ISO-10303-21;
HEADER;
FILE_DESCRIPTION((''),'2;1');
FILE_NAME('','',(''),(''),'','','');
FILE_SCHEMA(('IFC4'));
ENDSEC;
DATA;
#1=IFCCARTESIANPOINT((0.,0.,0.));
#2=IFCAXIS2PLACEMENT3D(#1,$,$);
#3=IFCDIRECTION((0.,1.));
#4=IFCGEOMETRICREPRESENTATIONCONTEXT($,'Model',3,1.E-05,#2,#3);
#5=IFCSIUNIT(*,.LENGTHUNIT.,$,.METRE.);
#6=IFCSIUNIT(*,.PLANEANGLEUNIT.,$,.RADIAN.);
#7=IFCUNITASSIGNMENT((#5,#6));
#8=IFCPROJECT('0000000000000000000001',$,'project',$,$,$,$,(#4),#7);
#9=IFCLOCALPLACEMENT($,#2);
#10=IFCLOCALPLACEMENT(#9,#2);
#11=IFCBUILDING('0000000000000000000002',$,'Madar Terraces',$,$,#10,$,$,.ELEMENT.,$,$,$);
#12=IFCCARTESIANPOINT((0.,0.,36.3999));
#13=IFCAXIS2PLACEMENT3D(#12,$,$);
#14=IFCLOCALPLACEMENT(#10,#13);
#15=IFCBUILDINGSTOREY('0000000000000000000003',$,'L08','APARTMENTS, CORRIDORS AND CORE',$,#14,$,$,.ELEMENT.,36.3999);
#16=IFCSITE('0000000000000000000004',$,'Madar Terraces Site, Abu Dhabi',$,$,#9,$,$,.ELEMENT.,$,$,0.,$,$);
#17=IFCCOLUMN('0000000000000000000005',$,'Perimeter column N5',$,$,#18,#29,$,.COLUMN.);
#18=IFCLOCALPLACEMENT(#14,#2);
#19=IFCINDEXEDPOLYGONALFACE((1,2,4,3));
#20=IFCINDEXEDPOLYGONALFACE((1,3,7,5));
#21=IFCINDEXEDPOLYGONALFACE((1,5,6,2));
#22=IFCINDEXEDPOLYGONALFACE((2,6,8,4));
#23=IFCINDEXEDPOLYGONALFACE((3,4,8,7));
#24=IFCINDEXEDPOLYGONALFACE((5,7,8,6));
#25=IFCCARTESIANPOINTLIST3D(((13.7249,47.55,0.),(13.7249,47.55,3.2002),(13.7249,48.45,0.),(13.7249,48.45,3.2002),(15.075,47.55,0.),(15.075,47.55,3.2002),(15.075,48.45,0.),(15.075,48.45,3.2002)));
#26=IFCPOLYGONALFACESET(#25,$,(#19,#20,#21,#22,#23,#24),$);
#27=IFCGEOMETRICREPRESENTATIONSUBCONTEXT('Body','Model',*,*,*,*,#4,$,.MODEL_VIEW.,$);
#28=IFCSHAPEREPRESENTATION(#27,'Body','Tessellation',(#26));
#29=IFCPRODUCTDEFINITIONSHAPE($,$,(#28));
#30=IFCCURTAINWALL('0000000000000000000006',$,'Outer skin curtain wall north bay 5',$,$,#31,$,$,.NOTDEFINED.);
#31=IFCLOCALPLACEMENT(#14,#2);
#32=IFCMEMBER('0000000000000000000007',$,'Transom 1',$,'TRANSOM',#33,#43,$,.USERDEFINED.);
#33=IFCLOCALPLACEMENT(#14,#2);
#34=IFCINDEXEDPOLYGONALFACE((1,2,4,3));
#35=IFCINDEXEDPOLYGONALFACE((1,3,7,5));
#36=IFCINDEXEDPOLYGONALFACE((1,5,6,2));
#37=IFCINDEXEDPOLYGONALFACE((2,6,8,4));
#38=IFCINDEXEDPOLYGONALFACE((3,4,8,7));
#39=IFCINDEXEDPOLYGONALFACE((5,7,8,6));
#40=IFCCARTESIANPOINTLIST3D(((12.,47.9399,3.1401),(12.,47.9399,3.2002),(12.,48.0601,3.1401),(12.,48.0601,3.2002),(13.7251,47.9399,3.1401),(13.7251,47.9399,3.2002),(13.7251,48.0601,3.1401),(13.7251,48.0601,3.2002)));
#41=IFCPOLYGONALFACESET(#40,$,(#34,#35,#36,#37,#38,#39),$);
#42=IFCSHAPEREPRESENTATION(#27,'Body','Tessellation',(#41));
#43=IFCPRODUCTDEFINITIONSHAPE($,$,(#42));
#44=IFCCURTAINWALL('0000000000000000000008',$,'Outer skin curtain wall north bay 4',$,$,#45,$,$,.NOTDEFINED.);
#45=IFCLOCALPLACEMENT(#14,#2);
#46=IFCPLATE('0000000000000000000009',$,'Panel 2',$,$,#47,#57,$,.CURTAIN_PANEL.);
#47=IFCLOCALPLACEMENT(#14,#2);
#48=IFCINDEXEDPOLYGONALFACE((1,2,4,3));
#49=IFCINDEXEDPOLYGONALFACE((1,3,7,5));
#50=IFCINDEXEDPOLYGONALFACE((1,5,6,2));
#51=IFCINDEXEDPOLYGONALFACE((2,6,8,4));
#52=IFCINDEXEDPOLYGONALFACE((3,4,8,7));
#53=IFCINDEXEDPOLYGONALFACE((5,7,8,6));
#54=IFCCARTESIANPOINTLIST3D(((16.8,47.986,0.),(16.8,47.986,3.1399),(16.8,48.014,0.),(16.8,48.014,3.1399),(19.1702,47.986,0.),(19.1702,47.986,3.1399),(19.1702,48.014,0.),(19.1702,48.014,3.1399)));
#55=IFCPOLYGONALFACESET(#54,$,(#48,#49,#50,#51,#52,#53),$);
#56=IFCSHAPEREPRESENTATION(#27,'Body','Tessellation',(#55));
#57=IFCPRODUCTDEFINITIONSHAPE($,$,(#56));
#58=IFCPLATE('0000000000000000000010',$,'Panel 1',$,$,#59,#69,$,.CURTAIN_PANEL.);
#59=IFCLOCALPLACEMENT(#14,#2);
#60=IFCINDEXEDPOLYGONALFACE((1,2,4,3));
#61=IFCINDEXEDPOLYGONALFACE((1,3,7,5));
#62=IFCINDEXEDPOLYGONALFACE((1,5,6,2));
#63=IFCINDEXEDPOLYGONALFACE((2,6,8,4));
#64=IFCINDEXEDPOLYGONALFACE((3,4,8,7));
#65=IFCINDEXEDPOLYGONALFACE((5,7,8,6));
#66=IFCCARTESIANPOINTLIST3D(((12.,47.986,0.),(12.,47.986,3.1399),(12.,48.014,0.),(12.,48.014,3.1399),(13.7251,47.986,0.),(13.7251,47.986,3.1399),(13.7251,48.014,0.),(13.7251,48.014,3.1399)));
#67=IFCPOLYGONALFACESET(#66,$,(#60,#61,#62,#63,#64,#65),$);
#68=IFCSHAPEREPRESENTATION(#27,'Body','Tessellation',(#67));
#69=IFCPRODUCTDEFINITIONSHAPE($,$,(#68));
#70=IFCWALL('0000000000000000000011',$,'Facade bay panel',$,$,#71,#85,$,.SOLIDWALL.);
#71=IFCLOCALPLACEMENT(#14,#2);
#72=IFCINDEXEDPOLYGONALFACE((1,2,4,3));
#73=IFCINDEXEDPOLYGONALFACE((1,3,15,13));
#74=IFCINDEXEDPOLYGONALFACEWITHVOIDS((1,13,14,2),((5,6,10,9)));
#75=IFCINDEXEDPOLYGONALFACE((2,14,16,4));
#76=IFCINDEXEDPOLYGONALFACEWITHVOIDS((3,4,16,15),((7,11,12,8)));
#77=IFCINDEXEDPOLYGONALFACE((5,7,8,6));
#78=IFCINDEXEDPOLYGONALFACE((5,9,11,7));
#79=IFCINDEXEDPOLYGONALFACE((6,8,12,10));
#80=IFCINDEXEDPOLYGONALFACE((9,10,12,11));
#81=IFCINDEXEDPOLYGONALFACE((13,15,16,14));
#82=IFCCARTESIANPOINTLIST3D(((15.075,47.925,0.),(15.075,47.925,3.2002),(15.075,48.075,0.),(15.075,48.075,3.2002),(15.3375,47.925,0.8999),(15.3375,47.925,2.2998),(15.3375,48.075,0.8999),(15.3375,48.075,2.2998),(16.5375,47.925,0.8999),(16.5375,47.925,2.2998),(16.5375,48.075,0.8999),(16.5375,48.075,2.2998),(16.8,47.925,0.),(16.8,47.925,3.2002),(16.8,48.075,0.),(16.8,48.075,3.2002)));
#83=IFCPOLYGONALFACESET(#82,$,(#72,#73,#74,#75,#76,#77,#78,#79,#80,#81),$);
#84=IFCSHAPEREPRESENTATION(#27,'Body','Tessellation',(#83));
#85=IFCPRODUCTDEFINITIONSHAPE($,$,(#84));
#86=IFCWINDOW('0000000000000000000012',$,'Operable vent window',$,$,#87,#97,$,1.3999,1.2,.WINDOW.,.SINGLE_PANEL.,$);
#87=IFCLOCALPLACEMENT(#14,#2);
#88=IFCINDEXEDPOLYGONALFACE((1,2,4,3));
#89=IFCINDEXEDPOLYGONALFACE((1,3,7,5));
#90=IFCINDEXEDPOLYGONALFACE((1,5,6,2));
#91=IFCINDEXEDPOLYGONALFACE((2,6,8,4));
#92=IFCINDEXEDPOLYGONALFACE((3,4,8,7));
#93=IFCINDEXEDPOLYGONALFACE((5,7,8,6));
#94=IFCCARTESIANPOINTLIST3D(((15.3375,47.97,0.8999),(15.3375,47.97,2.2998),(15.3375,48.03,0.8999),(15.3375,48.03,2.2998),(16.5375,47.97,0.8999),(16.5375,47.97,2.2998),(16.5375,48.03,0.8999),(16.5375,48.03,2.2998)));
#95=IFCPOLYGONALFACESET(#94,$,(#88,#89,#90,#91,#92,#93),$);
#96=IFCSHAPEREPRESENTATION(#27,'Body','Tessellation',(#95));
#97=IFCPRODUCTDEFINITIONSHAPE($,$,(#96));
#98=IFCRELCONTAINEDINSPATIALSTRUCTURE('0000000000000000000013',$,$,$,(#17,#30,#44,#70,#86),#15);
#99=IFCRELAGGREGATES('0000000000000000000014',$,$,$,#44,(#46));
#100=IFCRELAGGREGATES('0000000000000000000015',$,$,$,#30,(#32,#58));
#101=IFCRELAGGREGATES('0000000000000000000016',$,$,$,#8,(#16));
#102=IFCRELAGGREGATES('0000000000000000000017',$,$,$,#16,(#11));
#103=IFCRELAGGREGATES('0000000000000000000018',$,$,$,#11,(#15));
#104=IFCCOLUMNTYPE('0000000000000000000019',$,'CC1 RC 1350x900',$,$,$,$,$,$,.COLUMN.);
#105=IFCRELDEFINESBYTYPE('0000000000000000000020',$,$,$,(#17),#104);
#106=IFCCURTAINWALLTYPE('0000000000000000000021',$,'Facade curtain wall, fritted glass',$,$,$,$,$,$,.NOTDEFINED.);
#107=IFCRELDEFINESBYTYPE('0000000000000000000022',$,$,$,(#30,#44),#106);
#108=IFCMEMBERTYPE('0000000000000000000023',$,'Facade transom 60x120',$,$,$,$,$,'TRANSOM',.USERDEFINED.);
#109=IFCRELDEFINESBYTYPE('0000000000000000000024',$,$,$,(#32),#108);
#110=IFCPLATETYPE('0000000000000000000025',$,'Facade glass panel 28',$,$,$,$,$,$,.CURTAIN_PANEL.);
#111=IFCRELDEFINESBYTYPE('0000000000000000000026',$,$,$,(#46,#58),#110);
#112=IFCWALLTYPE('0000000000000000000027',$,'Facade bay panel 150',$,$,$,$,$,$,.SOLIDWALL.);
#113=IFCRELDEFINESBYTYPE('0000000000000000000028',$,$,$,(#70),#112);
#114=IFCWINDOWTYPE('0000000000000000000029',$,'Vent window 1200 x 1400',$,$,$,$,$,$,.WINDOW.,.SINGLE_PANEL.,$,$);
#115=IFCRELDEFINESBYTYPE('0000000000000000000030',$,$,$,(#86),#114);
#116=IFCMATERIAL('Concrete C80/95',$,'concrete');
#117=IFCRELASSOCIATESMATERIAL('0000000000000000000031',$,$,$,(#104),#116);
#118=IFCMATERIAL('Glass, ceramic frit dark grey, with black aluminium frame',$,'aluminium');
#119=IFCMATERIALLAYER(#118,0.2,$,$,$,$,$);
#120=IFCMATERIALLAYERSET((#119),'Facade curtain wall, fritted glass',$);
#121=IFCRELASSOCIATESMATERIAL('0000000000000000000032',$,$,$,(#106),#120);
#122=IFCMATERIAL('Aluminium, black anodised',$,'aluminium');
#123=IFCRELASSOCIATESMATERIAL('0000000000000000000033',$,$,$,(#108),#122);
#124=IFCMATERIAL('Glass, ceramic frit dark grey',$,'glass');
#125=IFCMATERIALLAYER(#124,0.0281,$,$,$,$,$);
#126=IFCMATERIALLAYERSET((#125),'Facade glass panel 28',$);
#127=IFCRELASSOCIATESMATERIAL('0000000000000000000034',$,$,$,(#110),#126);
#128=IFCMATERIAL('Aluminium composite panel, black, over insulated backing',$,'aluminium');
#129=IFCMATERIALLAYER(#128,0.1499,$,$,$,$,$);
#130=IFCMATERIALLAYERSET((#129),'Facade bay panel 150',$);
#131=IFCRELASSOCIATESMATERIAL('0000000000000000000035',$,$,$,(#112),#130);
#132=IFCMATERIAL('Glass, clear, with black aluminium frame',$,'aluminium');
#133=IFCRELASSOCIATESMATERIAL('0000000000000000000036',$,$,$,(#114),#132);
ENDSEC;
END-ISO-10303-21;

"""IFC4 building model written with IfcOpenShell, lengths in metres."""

from ifc_helpers import new_model, si_unit, direction, frame, frame_2d, origin, origin_2d, place, context, subcontext, project, spatial, rectangle, extrude, material, layer, layer_set, material_profile, profile_set, type_object, element, fill, aggregate, save


model = new_model("IFC4")

# Units and contexts
model_context = context("Model", 3, precision=1e-05, world=origin(), true_north=direction((0.0, 1.0)))
body_context = subcontext(model_context, "Body", "Model", "MODEL_VIEW")
ifc_project = project(units=[si_unit("LENGTHUNIT", "METRE"), si_unit("PLANEANGLEUNIT", "RADIAN")], contexts=[model_context])

# Site, building, storey
site_placement = place(None, origin())
site = spatial("IfcSite", under=ifc_project, at=site_placement, Name="Madar Terraces Site, Abu Dhabi", CompositionType="ELEMENT", RefElevation=0.0)
building_placement = place(site_placement, origin())
building = spatial("IfcBuilding", under=site, at=building_placement, Name="Madar Terraces", CompositionType="ELEMENT")
storey_placement = place(building_placement, frame((0.0, 0.0, 36.3999)))
storey = spatial("IfcBuildingStorey", under=building, at=storey_placement, Name="L08", Description="APARTMENTS, CORRIDORS AND CORE", CompositionType="ELEMENT", Elevation=36.3999)

# Column
ifc_material_1 = material(Name="Concrete C80/95", Category="concrete")
ifc_material_profile_1 = material_profile(ifc_material_1, rectangle(XDim=1.3501, YDim=0.8999, at=origin_2d()), Name="CC1 RC 1350x900")
ifc_profile_set_1 = profile_set([ifc_material_profile_1], Name="Concrete C80/95")
column_type = type_object("IfcColumnType", Name="CC1 RC 1350x900", PredefinedType="COLUMN", material=ifc_profile_set_1)
column_placement = place(storey_placement, frame((14.3999, 48.0, 0.0), z_axis=(0.0, 0.0, 1.0), x_axis=(1.0, 0.0, 0.0)))
element("IfcColumn", 1, at=column_placement, inside=storey, type_object=column_type, Name="Perimeter column N5", PredefinedType="COLUMN", context=body_context, shape_type="SweptSolid", body=[
    extrude(rectangle(XDim=1.3501, YDim=0.8999, at=origin_2d()), origin(), (0.0, 0.0, 1.0), 3.2002),
])

# Curtain wall, member
ifc_material_2 = material(Name="Glass, ceramic frit dark grey, with black aluminium frame", Category="aluminium")
ifc_layer_1 = layer(ifc_material_2, 0.2)
ifc_layer_set_1 = layer_set([ifc_layer_1], Name="Facade curtain wall, fritted glass")
curtain_wall_type = type_object("IfcCurtainWallType", Name="Facade curtain wall, fritted glass", PredefinedType="NOTDEFINED", material=ifc_layer_set_1)
curtain_wall_1_placement = place(storey_placement, origin())
curtain_wall_1 = element("IfcCurtainWall", 2, at=curtain_wall_1_placement, inside=storey, type_object=curtain_wall_type, Name="Outer skin curtain wall north bay 5", PredefinedType="NOTDEFINED")
ifc_material_3 = material(Name="Aluminium, black anodised", Category="aluminium")
ifc_material_profile_2 = material_profile(ifc_material_3, rectangle(XDim=0.1201, YDim=0.0601, at=origin_2d()), Name="Facade transom 60x120")
ifc_profile_set_2 = profile_set([ifc_material_profile_2], Name="Aluminium, black anodised")
member_type = type_object("IfcMemberType", Name="Facade transom 60x120", ElementType="TRANSOM", PredefinedType="USERDEFINED", material=ifc_profile_set_2)
member_placement = place(storey_placement, frame((13.7251, 48.0, 3.1702), z_axis=(-1.0, 0.0, 0.0), x_axis=(0.0, -1.0, 0.0)))
member = element("IfcMember", 3, at=member_placement, type_object=member_type, Name="Transom 1", ObjectType="TRANSOM", PredefinedType="USERDEFINED", context=body_context, shape_type="SweptSolid", body=[
    extrude(rectangle(XDim=0.1201, YDim=0.0601, at=origin_2d()), origin(), (0.0, 0.0, 1.0), 1.7251),
])

# Curtain wall, plate
curtain_wall_2_placement = place(storey_placement, origin())
curtain_wall_2 = element("IfcCurtainWall", 4, at=curtain_wall_2_placement, inside=storey, type_object=curtain_wall_type, Name="Outer skin curtain wall north bay 4", PredefinedType="NOTDEFINED")
ifc_material_4 = material(Name="Glass, ceramic frit dark grey", Category="glass")
ifc_layer_2 = layer(ifc_material_4, 0.0281)
ifc_layer_set_2 = layer_set([ifc_layer_2], Name="Facade glass panel 28")
plate_type = type_object("IfcPlateType", Name="Facade glass panel 28", PredefinedType="CURTAIN_PANEL", material=ifc_layer_set_2)
plate_1_placement = place(storey_placement, frame((17.9851, 48.0, 0.0), z_axis=(0.0, 0.0, 1.0), x_axis=(-1.0, 0.0, 0.0)))
plate_1 = element("IfcPlate", 5, at=plate_1_placement, type_object=plate_type, Name="Panel 2", PredefinedType="CURTAIN_PANEL", context=body_context, shape_type="SweptSolid", body=[
    extrude(rectangle(XDim=2.3701, YDim=0.0281, at=origin_2d()), origin(), (0.0, 0.0, 1.0), 3.1399),
])
aggregate(curtain_wall_2, [plate_1])

# Plate
plate_2_placement = place(storey_placement, frame((12.8625, 48.0, 0.0), z_axis=(0.0, 0.0, 1.0), x_axis=(-1.0, 0.0, 0.0)))
plate_2 = element("IfcPlate", 6, at=plate_2_placement, type_object=plate_type, Name="Panel 1", PredefinedType="CURTAIN_PANEL", context=body_context, shape_type="SweptSolid", body=[
    extrude(rectangle(XDim=1.7251, YDim=0.0281, at=origin_2d()), origin(), (0.0, 0.0, 1.0), 3.1399),
])
aggregate(curtain_wall_1, [member, plate_2])

# Wall, opening, window
ifc_material_5 = material(Name="Aluminium composite panel, black, over insulated backing", Category="aluminium")
ifc_layer_3 = layer(ifc_material_5, 0.1499)
ifc_layer_set_3 = layer_set([ifc_layer_3], Name="Facade bay panel 150")
wall_type_1 = type_object("IfcWallType", Name="Facade bay panel 150", PredefinedType="SOLIDWALL", material=ifc_layer_set_3)
wall_1_placement = place(storey_placement, frame((16.8, 48.0, 0.0), z_axis=(0.0, 0.0, 1.0), x_axis=(-1.0, 0.0, 0.0)))
wall_1 = element("IfcWall", 7, at=wall_1_placement, inside=storey, type_object=wall_type_1, Name="Facade bay panel", PredefinedType="SOLIDWALL", context=body_context, shape_type="SweptSolid", body=[
    extrude(rectangle(XDim=1.7251, YDim=0.1499, at=frame_2d((0.8625, 0.0))), origin(), (0.0, 0.0, 1.0), 3.2002),
])
opening_1_placement = place(wall_1_placement, frame((0.2625, 0.0, 0.8999)))
opening_1 = element("IfcOpeningElement", 8, at=opening_1_placement, cuts=wall_1, PredefinedType="OPENING", context=body_context, shape_type="SweptSolid", body=[
    extrude(rectangle(XDim=1.2, YDim=1.3999, at=frame_2d((0.6001, 0.7))), frame((0.0, 0.085, 0.0), z_axis=(0.0, -1.0, 0.0), x_axis=(1.0, 0.0, 0.0)), (0.0, 0.0, 1.0), 0.1699),
])
ifc_material_6 = material(Name="Glass, clear, with black aluminium frame", Category="aluminium")
window_type = type_object("IfcWindowType", Name="Vent window 1200 x 1400", PartitioningType="SINGLE_PANEL", PredefinedType="WINDOW", material=ifc_material_6)
window_placement = place(opening_1_placement, origin())
window = element("IfcWindow", 9, at=window_placement, inside=storey, type_object=window_type, Name="Operable vent window", OverallHeight=1.3999, OverallWidth=1.2, PartitioningType="SINGLE_PANEL", PredefinedType="WINDOW", context=body_context, shape_type="SweptSolid", body=[
    extrude(rectangle(XDim=1.2, YDim=1.3999, at=frame_2d((0.6001, 0.7))), frame((0.0, 0.03, 0.0), z_axis=(0.0, -1.0, 0.0), x_axis=(1.0, 0.0, 0.0)), (0.0, 0.0, 1.0), 0.0601),
])
fill(opening_1, window)

save(model, "model.ifc")
